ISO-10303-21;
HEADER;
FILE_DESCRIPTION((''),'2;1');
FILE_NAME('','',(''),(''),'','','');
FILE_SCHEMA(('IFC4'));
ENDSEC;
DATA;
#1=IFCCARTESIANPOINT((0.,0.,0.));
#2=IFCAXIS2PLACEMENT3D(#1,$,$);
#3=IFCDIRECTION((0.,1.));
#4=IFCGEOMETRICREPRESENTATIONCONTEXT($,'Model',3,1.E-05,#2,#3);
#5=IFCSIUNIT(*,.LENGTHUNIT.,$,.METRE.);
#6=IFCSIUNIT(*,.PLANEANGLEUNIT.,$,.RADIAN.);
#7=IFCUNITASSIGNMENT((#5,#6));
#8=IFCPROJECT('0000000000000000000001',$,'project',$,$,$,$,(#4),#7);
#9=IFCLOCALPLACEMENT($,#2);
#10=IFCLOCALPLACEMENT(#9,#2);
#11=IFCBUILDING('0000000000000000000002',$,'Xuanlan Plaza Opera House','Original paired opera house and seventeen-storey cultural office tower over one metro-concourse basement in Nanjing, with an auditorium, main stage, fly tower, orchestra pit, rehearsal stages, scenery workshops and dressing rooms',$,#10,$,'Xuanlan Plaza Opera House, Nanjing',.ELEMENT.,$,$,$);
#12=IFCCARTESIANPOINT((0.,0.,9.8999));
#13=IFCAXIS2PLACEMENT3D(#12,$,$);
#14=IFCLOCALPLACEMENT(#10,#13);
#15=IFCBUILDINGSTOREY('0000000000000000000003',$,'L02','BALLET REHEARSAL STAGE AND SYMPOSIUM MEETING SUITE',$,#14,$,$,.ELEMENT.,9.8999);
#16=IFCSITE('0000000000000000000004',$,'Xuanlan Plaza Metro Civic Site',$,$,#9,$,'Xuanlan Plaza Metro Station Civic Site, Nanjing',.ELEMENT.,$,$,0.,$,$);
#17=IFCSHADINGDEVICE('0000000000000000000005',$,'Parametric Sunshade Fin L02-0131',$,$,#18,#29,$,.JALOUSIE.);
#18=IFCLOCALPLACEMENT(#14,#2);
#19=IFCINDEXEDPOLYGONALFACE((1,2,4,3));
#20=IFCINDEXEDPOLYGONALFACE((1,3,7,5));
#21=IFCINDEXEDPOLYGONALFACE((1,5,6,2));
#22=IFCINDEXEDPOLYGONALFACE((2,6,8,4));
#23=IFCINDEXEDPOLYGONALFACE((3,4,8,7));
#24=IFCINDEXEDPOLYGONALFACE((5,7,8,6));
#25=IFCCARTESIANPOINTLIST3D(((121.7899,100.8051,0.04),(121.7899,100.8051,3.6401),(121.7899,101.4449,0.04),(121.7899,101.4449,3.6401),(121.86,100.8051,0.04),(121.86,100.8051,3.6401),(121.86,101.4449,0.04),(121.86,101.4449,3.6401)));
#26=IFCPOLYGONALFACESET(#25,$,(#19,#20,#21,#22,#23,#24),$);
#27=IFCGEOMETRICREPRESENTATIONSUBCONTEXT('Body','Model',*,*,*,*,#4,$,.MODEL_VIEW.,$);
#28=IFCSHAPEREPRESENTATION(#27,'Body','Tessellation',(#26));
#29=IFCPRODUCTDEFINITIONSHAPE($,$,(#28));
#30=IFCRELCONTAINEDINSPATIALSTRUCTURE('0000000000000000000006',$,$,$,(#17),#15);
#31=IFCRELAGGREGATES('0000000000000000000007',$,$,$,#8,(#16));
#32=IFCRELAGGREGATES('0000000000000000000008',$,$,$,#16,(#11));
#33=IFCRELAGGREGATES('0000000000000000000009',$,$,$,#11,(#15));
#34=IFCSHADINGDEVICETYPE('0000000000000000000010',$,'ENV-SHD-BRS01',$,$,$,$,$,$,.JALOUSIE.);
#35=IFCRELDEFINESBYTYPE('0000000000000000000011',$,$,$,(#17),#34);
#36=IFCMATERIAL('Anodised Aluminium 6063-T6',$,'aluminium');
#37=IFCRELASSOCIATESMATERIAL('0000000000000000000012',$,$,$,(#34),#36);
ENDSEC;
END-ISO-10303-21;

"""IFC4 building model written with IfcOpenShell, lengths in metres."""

from ifc_helpers import new_model, si_unit, direction, frame, origin, origin_2d, place, context, subcontext, project, spatial, rectangle, extrude, material, type_object, element, save


model = new_model("IFC4")

# Units and contexts
model_context = context("Model", 3, precision=1e-05, world=origin(), true_north=direction((0.0, 1.0)))
body_context = subcontext(model_context, "Body", "Model", "MODEL_VIEW")
ifc_project = project(units=[si_unit("LENGTHUNIT", "METRE"), si_unit("PLANEANGLEUNIT", "RADIAN")], contexts=[model_context])

# Site, building, storey
site_placement = place(None, origin())
site = spatial("IfcSite", under=ifc_project, at=site_placement, Name="Xuanlan Plaza Metro Civic Site", LongName="Xuanlan Plaza Metro Station Civic Site, Nanjing", CompositionType="ELEMENT", RefElevation=0.0)
building_placement = place(site_placement, origin())
building = spatial("IfcBuilding", under=site, at=building_placement, Name="Xuanlan Plaza Opera House", Description="Original paired opera house and seventeen-storey cultural office tower over one metro-concourse basement in Nanjing, with an auditorium, main stage, fly tower, orchestra pit, rehearsal stages, scenery workshops and dressing rooms", LongName="Xuanlan Plaza Opera House, Nanjing", CompositionType="ELEMENT")
storey_placement = place(building_placement, frame((0.0, 0.0, 9.8999)))
storey = spatial("IfcBuildingStorey", under=building, at=storey_placement, Name="L02", Description="BALLET REHEARSAL STAGE AND SYMPOSIUM MEETING SUITE", CompositionType="ELEMENT", Elevation=9.8999)

# Shared definitions
ifc_material_1 = material(Name="Anodised Aluminium 6063-T6", Category="aluminium")

# Shading device
shading_device_type = type_object("IfcShadingDeviceType", Name="ENV-SHD-BRS01", PredefinedType="JALOUSIE", material=ifc_material_1)
for number, where, z_axis, x_axis, name in (
    (1, (121.825, 101.125, 0.04), (0.0, 0.0, 1.0), (0.0, 1.0, 0.0), "Parametric Sunshade Fin L02-0131"),
):
    element("IfcShadingDevice", number, at=place(storey_placement, frame(where, z_axis=z_axis, x_axis=x_axis)), inside=storey, type_object=shading_device_type, Name=name, PredefinedType="JALOUSIE", context=body_context, shape_type="SweptSolid", body=[
        extrude(rectangle(XDim=0.6399, YDim=0.0701, at=origin_2d()), origin(), (0.0, 0.0, 1.0), 3.6001),
    ])

save(model, "model.ifc")
